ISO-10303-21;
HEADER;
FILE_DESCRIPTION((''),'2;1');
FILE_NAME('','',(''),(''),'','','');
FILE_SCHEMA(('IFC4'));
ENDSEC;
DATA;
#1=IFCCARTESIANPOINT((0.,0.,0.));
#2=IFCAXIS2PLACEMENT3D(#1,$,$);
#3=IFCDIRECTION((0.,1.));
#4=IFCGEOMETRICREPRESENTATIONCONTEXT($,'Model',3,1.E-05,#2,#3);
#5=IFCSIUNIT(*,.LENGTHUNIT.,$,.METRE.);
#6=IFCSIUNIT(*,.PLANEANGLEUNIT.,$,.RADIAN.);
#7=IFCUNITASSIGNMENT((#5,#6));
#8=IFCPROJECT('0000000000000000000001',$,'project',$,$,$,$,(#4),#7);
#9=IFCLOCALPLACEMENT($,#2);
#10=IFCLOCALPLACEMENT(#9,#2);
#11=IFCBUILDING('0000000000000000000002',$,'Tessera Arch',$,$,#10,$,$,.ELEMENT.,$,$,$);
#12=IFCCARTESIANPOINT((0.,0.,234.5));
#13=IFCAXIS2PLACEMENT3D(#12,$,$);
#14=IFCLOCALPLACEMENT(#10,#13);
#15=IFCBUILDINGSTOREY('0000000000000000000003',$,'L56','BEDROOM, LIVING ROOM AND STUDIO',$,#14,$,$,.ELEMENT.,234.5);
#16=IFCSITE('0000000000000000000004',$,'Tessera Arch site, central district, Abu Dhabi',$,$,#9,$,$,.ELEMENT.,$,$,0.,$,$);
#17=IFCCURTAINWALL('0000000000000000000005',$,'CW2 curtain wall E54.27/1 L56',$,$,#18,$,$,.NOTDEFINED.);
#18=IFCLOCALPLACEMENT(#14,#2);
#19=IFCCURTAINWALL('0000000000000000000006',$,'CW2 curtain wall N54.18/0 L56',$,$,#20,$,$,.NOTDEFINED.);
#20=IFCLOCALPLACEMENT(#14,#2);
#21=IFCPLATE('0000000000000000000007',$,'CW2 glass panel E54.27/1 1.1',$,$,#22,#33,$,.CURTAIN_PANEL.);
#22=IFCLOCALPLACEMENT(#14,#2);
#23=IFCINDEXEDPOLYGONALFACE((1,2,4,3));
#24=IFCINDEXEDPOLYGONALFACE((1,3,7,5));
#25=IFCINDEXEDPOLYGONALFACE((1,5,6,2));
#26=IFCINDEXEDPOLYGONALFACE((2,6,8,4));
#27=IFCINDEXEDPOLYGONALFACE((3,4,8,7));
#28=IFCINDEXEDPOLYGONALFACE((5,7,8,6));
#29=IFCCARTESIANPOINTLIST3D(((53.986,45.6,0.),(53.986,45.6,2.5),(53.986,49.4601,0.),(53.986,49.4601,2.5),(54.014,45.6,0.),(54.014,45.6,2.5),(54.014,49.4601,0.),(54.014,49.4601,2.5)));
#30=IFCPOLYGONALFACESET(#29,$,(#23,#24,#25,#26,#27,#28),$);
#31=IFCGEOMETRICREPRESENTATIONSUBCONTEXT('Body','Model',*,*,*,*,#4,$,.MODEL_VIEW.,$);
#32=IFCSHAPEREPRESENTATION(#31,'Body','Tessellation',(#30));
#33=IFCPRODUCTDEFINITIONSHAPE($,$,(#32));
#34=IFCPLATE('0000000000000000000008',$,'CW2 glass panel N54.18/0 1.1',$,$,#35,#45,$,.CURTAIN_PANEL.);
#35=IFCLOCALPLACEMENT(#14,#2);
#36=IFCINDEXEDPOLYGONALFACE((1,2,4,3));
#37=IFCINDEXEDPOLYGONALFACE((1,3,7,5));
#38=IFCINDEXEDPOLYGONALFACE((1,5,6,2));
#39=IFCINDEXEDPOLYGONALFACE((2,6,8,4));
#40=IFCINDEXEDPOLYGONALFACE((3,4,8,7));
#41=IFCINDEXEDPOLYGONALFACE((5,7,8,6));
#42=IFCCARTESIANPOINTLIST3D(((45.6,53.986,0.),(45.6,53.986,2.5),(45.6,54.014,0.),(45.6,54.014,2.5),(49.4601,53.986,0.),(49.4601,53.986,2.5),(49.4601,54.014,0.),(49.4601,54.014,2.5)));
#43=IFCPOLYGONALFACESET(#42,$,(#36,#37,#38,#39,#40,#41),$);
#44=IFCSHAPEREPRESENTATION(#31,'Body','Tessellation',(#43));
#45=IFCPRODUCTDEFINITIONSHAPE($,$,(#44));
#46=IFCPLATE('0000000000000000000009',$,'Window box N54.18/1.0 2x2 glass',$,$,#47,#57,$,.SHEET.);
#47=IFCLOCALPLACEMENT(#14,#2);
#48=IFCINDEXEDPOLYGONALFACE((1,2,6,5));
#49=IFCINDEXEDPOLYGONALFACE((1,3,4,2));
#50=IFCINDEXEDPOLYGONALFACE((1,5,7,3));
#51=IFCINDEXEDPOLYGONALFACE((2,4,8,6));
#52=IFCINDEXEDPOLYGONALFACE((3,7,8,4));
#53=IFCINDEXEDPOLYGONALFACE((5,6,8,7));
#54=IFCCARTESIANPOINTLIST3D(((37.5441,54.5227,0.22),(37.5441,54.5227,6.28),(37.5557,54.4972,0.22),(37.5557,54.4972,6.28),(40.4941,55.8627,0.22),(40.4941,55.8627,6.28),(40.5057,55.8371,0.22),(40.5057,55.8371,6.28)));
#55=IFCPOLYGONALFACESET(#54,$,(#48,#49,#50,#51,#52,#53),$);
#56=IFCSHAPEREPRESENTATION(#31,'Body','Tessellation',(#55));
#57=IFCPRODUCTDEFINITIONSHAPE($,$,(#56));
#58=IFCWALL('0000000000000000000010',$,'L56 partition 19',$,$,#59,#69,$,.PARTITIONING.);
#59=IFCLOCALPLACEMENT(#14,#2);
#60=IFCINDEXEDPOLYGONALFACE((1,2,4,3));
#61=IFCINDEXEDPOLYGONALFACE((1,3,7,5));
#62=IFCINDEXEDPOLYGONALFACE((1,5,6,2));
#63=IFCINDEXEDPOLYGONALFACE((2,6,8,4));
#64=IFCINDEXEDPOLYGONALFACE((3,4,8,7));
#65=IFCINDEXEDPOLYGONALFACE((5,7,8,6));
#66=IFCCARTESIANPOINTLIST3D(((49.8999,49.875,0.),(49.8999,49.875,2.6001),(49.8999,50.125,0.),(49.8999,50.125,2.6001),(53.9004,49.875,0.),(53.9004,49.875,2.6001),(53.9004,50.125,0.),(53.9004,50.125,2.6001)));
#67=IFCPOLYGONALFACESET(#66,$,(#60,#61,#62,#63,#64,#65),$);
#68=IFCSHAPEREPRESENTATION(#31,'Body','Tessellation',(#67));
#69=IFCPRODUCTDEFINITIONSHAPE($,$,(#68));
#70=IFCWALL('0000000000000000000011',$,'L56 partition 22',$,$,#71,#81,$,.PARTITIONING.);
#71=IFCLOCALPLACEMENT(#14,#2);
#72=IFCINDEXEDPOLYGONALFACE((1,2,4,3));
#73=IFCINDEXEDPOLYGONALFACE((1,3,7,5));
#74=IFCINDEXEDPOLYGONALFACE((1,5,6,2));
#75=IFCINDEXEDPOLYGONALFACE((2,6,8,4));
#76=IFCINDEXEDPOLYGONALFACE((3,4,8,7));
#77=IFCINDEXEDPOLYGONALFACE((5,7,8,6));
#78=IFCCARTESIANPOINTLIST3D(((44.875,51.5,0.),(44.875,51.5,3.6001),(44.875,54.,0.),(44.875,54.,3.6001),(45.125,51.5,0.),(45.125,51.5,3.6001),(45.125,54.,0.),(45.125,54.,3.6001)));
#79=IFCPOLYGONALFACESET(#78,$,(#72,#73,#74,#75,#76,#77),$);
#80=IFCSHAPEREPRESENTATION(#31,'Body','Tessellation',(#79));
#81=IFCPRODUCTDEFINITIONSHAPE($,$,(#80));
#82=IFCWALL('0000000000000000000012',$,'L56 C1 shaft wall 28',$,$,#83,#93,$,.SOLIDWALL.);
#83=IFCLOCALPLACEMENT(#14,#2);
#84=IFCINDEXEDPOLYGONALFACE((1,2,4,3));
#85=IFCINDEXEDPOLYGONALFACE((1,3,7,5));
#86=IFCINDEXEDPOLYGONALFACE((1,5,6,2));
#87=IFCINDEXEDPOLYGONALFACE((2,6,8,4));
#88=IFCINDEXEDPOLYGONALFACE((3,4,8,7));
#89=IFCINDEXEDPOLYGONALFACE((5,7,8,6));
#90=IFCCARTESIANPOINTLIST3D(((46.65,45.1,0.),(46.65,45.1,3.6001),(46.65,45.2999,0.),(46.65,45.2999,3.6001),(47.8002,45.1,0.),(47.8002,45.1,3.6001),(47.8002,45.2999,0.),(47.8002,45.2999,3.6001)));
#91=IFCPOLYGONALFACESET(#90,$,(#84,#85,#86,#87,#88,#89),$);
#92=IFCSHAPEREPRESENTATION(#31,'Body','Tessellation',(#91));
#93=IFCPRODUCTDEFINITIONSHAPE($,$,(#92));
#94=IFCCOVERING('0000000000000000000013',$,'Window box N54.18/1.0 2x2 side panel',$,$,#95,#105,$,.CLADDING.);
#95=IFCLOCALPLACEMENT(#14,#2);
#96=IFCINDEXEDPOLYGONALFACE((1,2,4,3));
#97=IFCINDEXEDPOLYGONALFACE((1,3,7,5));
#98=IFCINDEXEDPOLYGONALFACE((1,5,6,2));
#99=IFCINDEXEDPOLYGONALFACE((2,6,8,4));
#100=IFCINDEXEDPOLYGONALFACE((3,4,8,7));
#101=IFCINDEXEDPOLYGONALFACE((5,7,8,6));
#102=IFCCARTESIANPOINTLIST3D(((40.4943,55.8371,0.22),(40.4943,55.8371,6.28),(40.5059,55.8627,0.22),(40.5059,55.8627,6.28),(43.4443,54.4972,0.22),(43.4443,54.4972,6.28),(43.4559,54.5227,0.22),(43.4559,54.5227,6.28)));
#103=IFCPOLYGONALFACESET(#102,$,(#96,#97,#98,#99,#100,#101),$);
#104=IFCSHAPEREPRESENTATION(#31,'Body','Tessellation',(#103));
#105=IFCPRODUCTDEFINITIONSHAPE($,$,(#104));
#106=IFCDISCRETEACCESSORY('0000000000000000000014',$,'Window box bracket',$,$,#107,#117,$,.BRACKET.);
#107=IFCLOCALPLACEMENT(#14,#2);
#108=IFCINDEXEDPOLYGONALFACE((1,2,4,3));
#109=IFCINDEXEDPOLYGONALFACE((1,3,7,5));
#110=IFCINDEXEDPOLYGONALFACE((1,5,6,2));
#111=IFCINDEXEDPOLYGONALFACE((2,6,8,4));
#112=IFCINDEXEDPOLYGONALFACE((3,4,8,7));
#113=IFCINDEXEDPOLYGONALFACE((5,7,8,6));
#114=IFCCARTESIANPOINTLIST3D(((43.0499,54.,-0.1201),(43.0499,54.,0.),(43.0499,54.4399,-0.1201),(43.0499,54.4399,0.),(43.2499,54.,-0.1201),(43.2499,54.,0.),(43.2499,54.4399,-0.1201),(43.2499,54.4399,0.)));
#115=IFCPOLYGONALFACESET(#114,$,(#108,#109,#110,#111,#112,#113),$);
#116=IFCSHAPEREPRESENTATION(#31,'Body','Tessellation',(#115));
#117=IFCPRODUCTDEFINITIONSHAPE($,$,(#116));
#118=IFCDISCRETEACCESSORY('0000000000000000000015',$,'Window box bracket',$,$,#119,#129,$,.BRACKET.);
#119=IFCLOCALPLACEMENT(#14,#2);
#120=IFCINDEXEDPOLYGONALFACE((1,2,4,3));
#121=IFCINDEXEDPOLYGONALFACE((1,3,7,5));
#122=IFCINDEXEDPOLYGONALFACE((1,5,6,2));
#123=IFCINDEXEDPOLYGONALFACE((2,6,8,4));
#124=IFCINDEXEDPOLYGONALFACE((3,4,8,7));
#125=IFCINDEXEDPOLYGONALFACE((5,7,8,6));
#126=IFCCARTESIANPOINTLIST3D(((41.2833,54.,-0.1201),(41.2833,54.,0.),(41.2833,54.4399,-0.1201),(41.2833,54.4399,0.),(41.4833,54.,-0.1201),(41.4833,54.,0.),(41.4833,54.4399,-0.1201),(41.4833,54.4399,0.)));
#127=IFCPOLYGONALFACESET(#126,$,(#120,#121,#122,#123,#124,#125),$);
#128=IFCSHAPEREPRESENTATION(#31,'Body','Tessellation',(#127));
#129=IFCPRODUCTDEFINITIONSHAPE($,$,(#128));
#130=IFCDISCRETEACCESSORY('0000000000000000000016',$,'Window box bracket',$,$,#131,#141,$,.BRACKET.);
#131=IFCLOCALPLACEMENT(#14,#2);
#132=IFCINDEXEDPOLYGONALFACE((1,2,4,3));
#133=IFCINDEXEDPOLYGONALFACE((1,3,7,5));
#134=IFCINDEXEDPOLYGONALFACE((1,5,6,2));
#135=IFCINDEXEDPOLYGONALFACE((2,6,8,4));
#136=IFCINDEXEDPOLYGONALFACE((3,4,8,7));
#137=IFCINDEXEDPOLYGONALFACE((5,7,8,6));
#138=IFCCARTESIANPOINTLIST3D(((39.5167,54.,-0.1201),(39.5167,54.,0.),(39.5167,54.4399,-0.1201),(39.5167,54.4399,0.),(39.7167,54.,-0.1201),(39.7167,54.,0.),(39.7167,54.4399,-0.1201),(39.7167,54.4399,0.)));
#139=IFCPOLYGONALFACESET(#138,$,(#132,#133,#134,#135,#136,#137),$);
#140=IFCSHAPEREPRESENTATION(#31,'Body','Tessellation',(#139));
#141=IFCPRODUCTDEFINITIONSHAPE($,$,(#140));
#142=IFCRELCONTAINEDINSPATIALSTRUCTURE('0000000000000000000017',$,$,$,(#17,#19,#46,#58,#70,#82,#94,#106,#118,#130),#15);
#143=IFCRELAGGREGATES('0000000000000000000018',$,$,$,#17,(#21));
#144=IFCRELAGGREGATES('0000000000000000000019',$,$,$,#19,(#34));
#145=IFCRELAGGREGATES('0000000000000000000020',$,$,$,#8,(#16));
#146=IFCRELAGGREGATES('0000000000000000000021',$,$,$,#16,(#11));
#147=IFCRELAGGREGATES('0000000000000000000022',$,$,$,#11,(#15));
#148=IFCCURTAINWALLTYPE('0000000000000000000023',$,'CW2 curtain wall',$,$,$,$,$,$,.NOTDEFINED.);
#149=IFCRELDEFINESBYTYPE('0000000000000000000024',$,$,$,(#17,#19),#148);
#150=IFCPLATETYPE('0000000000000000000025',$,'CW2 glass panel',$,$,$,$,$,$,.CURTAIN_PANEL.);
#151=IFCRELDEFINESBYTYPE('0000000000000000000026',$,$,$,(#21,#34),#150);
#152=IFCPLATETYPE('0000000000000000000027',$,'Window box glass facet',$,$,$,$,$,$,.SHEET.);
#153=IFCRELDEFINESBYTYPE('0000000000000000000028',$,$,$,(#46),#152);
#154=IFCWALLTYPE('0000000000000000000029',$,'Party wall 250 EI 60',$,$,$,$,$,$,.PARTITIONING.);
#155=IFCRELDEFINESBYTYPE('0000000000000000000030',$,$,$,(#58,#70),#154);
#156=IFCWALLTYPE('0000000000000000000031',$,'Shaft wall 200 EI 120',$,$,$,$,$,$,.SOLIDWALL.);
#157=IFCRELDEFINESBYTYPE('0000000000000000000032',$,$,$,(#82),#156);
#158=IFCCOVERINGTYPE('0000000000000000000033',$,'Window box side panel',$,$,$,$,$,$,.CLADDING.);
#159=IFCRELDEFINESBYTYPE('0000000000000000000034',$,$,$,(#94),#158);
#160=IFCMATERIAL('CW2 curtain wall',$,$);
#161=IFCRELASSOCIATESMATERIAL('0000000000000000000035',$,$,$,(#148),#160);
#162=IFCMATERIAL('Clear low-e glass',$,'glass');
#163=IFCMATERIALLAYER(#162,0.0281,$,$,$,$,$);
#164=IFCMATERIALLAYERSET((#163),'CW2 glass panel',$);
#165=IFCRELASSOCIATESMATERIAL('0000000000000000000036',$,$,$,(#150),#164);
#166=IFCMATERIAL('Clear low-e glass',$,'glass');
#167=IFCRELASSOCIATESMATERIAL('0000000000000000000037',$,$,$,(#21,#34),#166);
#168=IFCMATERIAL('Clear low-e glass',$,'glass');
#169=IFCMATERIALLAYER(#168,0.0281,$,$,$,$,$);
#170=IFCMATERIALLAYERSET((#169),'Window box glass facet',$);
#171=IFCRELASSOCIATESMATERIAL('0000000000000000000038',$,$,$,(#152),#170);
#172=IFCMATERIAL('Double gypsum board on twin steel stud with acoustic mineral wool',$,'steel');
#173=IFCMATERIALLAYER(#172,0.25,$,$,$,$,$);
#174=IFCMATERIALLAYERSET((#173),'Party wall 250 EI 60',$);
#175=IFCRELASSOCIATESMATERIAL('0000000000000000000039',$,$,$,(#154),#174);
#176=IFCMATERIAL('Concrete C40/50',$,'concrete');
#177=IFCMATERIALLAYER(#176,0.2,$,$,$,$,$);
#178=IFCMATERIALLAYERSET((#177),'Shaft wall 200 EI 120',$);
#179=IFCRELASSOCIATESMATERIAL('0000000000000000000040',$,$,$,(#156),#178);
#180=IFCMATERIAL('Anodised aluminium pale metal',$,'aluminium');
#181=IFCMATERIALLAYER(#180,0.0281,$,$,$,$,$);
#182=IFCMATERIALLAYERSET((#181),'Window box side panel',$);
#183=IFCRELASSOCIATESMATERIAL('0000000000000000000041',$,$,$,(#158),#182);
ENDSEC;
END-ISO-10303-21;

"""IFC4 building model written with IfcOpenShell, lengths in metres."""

from ifc_helpers import new_model, si_unit, direction, frame, frame_2d, origin, origin_2d, place, context, subcontext, project, spatial, rectangle, extrude, material, layer, layer_set, type_object, element, aggregate, save


model = new_model("IFC4")

# Units and contexts
model_context = context("Model", 3, precision=1e-05, world=origin(), true_north=direction((0.0, 1.0)))
body_context = subcontext(model_context, "Body", "Model", "MODEL_VIEW")
ifc_project = project(units=[si_unit("LENGTHUNIT", "METRE"), si_unit("PLANEANGLEUNIT", "RADIAN")], contexts=[model_context])

# Site, building, storey
site_placement = place(None, origin())
site = spatial("IfcSite", under=ifc_project, at=site_placement, Name="Tessera Arch site, central district, Abu Dhabi", CompositionType="ELEMENT", RefElevation=0.0)
building_placement = place(site_placement, origin())
building = spatial("IfcBuilding", under=site, at=building_placement, Name="Tessera Arch", CompositionType="ELEMENT")
storey_placement = place(building_placement, frame((0.0, 0.0, 234.5)))
storey = spatial("IfcBuildingStorey", under=building, at=storey_placement, Name="L56", Description="BEDROOM, LIVING ROOM AND STUDIO", CompositionType="ELEMENT", Elevation=234.5)

# Curtain walls
ifc_material_1 = material(Name="CW2 curtain wall")
curtain_wall_type_1 = type_object("IfcCurtainWallType", Name="CW2 curtain wall", PredefinedType="NOTDEFINED", material=ifc_material_1)
curtain_wall_1_placement = place(storey_placement, origin())
curtain_wall_1 = element("IfcCurtainWall", 1, at=curtain_wall_1_placement, inside=storey, type_object=curtain_wall_type_1, Name="CW2 curtain wall E54.27/1 L56", PredefinedType="NOTDEFINED")
curtain_wall_2_placement = place(storey_placement, origin())
curtain_wall_2 = element("IfcCurtainWall", 2, at=curtain_wall_2_placement, inside=storey, type_object=curtain_wall_type_1, Name="CW2 curtain wall N54.18/0 L56", PredefinedType="NOTDEFINED")

# Plates
ifc_material_2 = material(Name="Clear low-e glass", Category="glass")
ifc_material_3 = material(Name="Clear low-e glass", Category="glass")
ifc_layer_1 = layer(ifc_material_3, 0.0281)
ifc_layer_set_1 = layer_set([ifc_layer_1], Name="CW2 glass panel")
plate_type_1 = type_object("IfcPlateType", Name="CW2 glass panel", PredefinedType="CURTAIN_PANEL", material=ifc_layer_set_1)
plate_1_placement = place(storey_placement, frame((54.0, 47.53, 0.0), z_axis=(0.0, 0.0, 1.0), x_axis=(0.0, 1.0, 0.0)))
plate_1 = element("IfcPlate", 3, at=plate_1_placement, type_object=plate_type_1, material=ifc_material_2, Name="CW2 glass panel E54.27/1 1.1", PredefinedType="CURTAIN_PANEL", context=body_context, shape_type="SweptSolid", body=[
    extrude(rectangle(XDim=3.8601, YDim=0.0281, at=origin_2d()), origin(), (0.0, 0.0, 1.0), 2.5),
])
aggregate(curtain_wall_1, [plate_1])
plate_2_placement = place(storey_placement, frame((47.53, 54.0, 0.0), z_axis=(0.0, 0.0, 1.0), x_axis=(-1.0, 0.0, 0.0)))
plate_2 = element("IfcPlate", 4, at=plate_2_placement, type_object=plate_type_1, material=ifc_material_2, Name="CW2 glass panel N54.18/0 1.1", PredefinedType="CURTAIN_PANEL", context=body_context, shape_type="SweptSolid", body=[
    extrude(rectangle(XDim=3.8601, YDim=0.0281, at=origin_2d()), origin(), (0.0, 0.0, 1.0), 2.5),
])
aggregate(curtain_wall_2, [plate_2])
ifc_material_4 = material(Name="Clear low-e glass", Category="glass")
ifc_layer_2 = layer(ifc_material_4, 0.0281)
ifc_layer_set_2 = layer_set([ifc_layer_2], Name="Window box glass facet")
plate_type_2 = type_object("IfcPlateType", Name="Window box glass facet", PredefinedType="SHEET", material=ifc_layer_set_2)
plate_3_placement = place(storey_placement, frame((39.0249, 55.1799, 0.22), z_axis=(0.0, 0.0, 1.0), x_axis=(0.910472, 0.41357, 0.0)))
element("IfcPlate", 5, at=plate_3_placement, inside=storey, type_object=plate_type_2, Name="Window box N54.18/1.0 2x2 glass", PredefinedType="SHEET", context=body_context, shape_type="SweptSolid", body=[
    extrude(rectangle(XDim=3.24, YDim=0.0281, at=origin_2d()), origin(), (0.0, 0.0, 1.0), 6.0601),
])

# Walls
ifc_material_5 = material(Name="Double gypsum board on twin steel stud with acoustic mineral wool", Category="steel")
ifc_layer_3 = layer(ifc_material_5, 0.25)
ifc_layer_set_3 = layer_set([ifc_layer_3], Name="Party wall 250 EI 60")
wall_type_1 = type_object("IfcWallType", Name="Party wall 250 EI 60", PredefinedType="PARTITIONING", material=ifc_layer_set_3)
wall_1_placement = place(storey_placement, frame((49.8999, 50.0, 0.0), z_axis=(0.0, 0.0, 1.0), x_axis=(1.0, 0.0, 0.0)))
element("IfcWall", 6, at=wall_1_placement, inside=storey, type_object=wall_type_1, Name="L56 partition 19", PredefinedType="PARTITIONING", context=body_context, shape_type="SweptSolid", body=[
    extrude(rectangle(XDim=4.0005, YDim=0.25, at=frame_2d((2.0002, 0.0))), origin(), (0.0, 0.0, 1.0), 2.6001),
])
wall_2_placement = place(storey_placement, frame((45.0, 51.5, 0.0), z_axis=(0.0, 0.0, 1.0), x_axis=(0.0, 1.0, 0.0)))
element("IfcWall", 7, at=wall_2_placement, inside=storey, type_object=wall_type_1, Name="L56 partition 22", PredefinedType="PARTITIONING", context=body_context, shape_type="SweptSolid", body=[
    extrude(rectangle(XDim=2.5, YDim=0.25, at=frame_2d((1.25, 0.0))), origin(), (0.0, 0.0, 1.0), 3.6001),
])
ifc_material_6 = material(Name="Concrete C40/50", Category="concrete")
ifc_layer_4 = layer(ifc_material_6, 0.2)
ifc_layer_set_4 = layer_set([ifc_layer_4], Name="Shaft wall 200 EI 120")
wall_type_2 = type_object("IfcWallType", Name="Shaft wall 200 EI 120", PredefinedType="SOLIDWALL", material=ifc_layer_set_4)
wall_3_placement = place(storey_placement, frame((46.6499, 45.2, 0.0), z_axis=(0.0, 0.0, 1.0), x_axis=(1.0, 0.0, 0.0)))
element("IfcWall", 8, at=wall_3_placement, inside=storey, type_object=wall_type_2, Name="L56 C1 shaft wall 28", PredefinedType="SOLIDWALL", context=body_context, shape_type="SweptSolid", body=[
    extrude(rectangle(XDim=1.1501, YDim=0.2, at=frame_2d((0.5752, 0.0))), origin(), (0.0, 0.0, 1.0), 3.6001),
])

# Covering
ifc_material_7 = material(Name="Anodised aluminium pale metal", Category="aluminium")
ifc_layer_5 = layer(ifc_material_7, 0.0281)
ifc_layer_set_5 = layer_set([ifc_layer_5], Name="Window box side panel")
covering_type = type_object("IfcCoveringType", Name="Window box side panel", PredefinedType="CLADDING", material=ifc_layer_set_5)
covering_placement = place(storey_placement, frame((41.9751, 55.1799, 0.22), z_axis=(0.0, 0.0, 1.0), x_axis=(-0.910472, 0.41357, 0.0)))
element("IfcCovering", 9, at=covering_placement, inside=storey, type_object=covering_type, Name="Window box N54.18/1.0 2x2 side panel", PredefinedType="CLADDING", context=body_context, shape_type="SweptSolid", body=[
    extrude(rectangle(XDim=3.24, YDim=0.0281, at=origin_2d()), origin(), (0.0, 0.0, 1.0), 6.0601),
])

# Discrete accessories
for number, where, z_axis, x_axis, name in (
    (10, (43.1499, 54.22, -0.1201), (0.0, 0.0, 1.0), (0.0, 1.0, 0.0), "Window box bracket"),
    (11, (41.3833, 54.22, -0.1201), (0.0, 0.0, 1.0), (0.0, 1.0, 0.0), "Window box bracket"),
    (12, (39.6167, 54.22, -0.1201), (0.0, 0.0, 1.0), (0.0, 1.0, 0.0), "Window box bracket"),
):
    element("IfcDiscreteAccessory", number, at=place(storey_placement, frame(where, z_axis=z_axis, x_axis=x_axis)), inside=storey, Name=name, PredefinedType="BRACKET", context=body_context, shape_type="SweptSolid", body=[
        extrude(rectangle(XDim=0.4399, YDim=0.2, at=origin_2d()), origin(), (0.0, 0.0, 1.0), 0.1201),
    ])

save(model, "model.ifc")
